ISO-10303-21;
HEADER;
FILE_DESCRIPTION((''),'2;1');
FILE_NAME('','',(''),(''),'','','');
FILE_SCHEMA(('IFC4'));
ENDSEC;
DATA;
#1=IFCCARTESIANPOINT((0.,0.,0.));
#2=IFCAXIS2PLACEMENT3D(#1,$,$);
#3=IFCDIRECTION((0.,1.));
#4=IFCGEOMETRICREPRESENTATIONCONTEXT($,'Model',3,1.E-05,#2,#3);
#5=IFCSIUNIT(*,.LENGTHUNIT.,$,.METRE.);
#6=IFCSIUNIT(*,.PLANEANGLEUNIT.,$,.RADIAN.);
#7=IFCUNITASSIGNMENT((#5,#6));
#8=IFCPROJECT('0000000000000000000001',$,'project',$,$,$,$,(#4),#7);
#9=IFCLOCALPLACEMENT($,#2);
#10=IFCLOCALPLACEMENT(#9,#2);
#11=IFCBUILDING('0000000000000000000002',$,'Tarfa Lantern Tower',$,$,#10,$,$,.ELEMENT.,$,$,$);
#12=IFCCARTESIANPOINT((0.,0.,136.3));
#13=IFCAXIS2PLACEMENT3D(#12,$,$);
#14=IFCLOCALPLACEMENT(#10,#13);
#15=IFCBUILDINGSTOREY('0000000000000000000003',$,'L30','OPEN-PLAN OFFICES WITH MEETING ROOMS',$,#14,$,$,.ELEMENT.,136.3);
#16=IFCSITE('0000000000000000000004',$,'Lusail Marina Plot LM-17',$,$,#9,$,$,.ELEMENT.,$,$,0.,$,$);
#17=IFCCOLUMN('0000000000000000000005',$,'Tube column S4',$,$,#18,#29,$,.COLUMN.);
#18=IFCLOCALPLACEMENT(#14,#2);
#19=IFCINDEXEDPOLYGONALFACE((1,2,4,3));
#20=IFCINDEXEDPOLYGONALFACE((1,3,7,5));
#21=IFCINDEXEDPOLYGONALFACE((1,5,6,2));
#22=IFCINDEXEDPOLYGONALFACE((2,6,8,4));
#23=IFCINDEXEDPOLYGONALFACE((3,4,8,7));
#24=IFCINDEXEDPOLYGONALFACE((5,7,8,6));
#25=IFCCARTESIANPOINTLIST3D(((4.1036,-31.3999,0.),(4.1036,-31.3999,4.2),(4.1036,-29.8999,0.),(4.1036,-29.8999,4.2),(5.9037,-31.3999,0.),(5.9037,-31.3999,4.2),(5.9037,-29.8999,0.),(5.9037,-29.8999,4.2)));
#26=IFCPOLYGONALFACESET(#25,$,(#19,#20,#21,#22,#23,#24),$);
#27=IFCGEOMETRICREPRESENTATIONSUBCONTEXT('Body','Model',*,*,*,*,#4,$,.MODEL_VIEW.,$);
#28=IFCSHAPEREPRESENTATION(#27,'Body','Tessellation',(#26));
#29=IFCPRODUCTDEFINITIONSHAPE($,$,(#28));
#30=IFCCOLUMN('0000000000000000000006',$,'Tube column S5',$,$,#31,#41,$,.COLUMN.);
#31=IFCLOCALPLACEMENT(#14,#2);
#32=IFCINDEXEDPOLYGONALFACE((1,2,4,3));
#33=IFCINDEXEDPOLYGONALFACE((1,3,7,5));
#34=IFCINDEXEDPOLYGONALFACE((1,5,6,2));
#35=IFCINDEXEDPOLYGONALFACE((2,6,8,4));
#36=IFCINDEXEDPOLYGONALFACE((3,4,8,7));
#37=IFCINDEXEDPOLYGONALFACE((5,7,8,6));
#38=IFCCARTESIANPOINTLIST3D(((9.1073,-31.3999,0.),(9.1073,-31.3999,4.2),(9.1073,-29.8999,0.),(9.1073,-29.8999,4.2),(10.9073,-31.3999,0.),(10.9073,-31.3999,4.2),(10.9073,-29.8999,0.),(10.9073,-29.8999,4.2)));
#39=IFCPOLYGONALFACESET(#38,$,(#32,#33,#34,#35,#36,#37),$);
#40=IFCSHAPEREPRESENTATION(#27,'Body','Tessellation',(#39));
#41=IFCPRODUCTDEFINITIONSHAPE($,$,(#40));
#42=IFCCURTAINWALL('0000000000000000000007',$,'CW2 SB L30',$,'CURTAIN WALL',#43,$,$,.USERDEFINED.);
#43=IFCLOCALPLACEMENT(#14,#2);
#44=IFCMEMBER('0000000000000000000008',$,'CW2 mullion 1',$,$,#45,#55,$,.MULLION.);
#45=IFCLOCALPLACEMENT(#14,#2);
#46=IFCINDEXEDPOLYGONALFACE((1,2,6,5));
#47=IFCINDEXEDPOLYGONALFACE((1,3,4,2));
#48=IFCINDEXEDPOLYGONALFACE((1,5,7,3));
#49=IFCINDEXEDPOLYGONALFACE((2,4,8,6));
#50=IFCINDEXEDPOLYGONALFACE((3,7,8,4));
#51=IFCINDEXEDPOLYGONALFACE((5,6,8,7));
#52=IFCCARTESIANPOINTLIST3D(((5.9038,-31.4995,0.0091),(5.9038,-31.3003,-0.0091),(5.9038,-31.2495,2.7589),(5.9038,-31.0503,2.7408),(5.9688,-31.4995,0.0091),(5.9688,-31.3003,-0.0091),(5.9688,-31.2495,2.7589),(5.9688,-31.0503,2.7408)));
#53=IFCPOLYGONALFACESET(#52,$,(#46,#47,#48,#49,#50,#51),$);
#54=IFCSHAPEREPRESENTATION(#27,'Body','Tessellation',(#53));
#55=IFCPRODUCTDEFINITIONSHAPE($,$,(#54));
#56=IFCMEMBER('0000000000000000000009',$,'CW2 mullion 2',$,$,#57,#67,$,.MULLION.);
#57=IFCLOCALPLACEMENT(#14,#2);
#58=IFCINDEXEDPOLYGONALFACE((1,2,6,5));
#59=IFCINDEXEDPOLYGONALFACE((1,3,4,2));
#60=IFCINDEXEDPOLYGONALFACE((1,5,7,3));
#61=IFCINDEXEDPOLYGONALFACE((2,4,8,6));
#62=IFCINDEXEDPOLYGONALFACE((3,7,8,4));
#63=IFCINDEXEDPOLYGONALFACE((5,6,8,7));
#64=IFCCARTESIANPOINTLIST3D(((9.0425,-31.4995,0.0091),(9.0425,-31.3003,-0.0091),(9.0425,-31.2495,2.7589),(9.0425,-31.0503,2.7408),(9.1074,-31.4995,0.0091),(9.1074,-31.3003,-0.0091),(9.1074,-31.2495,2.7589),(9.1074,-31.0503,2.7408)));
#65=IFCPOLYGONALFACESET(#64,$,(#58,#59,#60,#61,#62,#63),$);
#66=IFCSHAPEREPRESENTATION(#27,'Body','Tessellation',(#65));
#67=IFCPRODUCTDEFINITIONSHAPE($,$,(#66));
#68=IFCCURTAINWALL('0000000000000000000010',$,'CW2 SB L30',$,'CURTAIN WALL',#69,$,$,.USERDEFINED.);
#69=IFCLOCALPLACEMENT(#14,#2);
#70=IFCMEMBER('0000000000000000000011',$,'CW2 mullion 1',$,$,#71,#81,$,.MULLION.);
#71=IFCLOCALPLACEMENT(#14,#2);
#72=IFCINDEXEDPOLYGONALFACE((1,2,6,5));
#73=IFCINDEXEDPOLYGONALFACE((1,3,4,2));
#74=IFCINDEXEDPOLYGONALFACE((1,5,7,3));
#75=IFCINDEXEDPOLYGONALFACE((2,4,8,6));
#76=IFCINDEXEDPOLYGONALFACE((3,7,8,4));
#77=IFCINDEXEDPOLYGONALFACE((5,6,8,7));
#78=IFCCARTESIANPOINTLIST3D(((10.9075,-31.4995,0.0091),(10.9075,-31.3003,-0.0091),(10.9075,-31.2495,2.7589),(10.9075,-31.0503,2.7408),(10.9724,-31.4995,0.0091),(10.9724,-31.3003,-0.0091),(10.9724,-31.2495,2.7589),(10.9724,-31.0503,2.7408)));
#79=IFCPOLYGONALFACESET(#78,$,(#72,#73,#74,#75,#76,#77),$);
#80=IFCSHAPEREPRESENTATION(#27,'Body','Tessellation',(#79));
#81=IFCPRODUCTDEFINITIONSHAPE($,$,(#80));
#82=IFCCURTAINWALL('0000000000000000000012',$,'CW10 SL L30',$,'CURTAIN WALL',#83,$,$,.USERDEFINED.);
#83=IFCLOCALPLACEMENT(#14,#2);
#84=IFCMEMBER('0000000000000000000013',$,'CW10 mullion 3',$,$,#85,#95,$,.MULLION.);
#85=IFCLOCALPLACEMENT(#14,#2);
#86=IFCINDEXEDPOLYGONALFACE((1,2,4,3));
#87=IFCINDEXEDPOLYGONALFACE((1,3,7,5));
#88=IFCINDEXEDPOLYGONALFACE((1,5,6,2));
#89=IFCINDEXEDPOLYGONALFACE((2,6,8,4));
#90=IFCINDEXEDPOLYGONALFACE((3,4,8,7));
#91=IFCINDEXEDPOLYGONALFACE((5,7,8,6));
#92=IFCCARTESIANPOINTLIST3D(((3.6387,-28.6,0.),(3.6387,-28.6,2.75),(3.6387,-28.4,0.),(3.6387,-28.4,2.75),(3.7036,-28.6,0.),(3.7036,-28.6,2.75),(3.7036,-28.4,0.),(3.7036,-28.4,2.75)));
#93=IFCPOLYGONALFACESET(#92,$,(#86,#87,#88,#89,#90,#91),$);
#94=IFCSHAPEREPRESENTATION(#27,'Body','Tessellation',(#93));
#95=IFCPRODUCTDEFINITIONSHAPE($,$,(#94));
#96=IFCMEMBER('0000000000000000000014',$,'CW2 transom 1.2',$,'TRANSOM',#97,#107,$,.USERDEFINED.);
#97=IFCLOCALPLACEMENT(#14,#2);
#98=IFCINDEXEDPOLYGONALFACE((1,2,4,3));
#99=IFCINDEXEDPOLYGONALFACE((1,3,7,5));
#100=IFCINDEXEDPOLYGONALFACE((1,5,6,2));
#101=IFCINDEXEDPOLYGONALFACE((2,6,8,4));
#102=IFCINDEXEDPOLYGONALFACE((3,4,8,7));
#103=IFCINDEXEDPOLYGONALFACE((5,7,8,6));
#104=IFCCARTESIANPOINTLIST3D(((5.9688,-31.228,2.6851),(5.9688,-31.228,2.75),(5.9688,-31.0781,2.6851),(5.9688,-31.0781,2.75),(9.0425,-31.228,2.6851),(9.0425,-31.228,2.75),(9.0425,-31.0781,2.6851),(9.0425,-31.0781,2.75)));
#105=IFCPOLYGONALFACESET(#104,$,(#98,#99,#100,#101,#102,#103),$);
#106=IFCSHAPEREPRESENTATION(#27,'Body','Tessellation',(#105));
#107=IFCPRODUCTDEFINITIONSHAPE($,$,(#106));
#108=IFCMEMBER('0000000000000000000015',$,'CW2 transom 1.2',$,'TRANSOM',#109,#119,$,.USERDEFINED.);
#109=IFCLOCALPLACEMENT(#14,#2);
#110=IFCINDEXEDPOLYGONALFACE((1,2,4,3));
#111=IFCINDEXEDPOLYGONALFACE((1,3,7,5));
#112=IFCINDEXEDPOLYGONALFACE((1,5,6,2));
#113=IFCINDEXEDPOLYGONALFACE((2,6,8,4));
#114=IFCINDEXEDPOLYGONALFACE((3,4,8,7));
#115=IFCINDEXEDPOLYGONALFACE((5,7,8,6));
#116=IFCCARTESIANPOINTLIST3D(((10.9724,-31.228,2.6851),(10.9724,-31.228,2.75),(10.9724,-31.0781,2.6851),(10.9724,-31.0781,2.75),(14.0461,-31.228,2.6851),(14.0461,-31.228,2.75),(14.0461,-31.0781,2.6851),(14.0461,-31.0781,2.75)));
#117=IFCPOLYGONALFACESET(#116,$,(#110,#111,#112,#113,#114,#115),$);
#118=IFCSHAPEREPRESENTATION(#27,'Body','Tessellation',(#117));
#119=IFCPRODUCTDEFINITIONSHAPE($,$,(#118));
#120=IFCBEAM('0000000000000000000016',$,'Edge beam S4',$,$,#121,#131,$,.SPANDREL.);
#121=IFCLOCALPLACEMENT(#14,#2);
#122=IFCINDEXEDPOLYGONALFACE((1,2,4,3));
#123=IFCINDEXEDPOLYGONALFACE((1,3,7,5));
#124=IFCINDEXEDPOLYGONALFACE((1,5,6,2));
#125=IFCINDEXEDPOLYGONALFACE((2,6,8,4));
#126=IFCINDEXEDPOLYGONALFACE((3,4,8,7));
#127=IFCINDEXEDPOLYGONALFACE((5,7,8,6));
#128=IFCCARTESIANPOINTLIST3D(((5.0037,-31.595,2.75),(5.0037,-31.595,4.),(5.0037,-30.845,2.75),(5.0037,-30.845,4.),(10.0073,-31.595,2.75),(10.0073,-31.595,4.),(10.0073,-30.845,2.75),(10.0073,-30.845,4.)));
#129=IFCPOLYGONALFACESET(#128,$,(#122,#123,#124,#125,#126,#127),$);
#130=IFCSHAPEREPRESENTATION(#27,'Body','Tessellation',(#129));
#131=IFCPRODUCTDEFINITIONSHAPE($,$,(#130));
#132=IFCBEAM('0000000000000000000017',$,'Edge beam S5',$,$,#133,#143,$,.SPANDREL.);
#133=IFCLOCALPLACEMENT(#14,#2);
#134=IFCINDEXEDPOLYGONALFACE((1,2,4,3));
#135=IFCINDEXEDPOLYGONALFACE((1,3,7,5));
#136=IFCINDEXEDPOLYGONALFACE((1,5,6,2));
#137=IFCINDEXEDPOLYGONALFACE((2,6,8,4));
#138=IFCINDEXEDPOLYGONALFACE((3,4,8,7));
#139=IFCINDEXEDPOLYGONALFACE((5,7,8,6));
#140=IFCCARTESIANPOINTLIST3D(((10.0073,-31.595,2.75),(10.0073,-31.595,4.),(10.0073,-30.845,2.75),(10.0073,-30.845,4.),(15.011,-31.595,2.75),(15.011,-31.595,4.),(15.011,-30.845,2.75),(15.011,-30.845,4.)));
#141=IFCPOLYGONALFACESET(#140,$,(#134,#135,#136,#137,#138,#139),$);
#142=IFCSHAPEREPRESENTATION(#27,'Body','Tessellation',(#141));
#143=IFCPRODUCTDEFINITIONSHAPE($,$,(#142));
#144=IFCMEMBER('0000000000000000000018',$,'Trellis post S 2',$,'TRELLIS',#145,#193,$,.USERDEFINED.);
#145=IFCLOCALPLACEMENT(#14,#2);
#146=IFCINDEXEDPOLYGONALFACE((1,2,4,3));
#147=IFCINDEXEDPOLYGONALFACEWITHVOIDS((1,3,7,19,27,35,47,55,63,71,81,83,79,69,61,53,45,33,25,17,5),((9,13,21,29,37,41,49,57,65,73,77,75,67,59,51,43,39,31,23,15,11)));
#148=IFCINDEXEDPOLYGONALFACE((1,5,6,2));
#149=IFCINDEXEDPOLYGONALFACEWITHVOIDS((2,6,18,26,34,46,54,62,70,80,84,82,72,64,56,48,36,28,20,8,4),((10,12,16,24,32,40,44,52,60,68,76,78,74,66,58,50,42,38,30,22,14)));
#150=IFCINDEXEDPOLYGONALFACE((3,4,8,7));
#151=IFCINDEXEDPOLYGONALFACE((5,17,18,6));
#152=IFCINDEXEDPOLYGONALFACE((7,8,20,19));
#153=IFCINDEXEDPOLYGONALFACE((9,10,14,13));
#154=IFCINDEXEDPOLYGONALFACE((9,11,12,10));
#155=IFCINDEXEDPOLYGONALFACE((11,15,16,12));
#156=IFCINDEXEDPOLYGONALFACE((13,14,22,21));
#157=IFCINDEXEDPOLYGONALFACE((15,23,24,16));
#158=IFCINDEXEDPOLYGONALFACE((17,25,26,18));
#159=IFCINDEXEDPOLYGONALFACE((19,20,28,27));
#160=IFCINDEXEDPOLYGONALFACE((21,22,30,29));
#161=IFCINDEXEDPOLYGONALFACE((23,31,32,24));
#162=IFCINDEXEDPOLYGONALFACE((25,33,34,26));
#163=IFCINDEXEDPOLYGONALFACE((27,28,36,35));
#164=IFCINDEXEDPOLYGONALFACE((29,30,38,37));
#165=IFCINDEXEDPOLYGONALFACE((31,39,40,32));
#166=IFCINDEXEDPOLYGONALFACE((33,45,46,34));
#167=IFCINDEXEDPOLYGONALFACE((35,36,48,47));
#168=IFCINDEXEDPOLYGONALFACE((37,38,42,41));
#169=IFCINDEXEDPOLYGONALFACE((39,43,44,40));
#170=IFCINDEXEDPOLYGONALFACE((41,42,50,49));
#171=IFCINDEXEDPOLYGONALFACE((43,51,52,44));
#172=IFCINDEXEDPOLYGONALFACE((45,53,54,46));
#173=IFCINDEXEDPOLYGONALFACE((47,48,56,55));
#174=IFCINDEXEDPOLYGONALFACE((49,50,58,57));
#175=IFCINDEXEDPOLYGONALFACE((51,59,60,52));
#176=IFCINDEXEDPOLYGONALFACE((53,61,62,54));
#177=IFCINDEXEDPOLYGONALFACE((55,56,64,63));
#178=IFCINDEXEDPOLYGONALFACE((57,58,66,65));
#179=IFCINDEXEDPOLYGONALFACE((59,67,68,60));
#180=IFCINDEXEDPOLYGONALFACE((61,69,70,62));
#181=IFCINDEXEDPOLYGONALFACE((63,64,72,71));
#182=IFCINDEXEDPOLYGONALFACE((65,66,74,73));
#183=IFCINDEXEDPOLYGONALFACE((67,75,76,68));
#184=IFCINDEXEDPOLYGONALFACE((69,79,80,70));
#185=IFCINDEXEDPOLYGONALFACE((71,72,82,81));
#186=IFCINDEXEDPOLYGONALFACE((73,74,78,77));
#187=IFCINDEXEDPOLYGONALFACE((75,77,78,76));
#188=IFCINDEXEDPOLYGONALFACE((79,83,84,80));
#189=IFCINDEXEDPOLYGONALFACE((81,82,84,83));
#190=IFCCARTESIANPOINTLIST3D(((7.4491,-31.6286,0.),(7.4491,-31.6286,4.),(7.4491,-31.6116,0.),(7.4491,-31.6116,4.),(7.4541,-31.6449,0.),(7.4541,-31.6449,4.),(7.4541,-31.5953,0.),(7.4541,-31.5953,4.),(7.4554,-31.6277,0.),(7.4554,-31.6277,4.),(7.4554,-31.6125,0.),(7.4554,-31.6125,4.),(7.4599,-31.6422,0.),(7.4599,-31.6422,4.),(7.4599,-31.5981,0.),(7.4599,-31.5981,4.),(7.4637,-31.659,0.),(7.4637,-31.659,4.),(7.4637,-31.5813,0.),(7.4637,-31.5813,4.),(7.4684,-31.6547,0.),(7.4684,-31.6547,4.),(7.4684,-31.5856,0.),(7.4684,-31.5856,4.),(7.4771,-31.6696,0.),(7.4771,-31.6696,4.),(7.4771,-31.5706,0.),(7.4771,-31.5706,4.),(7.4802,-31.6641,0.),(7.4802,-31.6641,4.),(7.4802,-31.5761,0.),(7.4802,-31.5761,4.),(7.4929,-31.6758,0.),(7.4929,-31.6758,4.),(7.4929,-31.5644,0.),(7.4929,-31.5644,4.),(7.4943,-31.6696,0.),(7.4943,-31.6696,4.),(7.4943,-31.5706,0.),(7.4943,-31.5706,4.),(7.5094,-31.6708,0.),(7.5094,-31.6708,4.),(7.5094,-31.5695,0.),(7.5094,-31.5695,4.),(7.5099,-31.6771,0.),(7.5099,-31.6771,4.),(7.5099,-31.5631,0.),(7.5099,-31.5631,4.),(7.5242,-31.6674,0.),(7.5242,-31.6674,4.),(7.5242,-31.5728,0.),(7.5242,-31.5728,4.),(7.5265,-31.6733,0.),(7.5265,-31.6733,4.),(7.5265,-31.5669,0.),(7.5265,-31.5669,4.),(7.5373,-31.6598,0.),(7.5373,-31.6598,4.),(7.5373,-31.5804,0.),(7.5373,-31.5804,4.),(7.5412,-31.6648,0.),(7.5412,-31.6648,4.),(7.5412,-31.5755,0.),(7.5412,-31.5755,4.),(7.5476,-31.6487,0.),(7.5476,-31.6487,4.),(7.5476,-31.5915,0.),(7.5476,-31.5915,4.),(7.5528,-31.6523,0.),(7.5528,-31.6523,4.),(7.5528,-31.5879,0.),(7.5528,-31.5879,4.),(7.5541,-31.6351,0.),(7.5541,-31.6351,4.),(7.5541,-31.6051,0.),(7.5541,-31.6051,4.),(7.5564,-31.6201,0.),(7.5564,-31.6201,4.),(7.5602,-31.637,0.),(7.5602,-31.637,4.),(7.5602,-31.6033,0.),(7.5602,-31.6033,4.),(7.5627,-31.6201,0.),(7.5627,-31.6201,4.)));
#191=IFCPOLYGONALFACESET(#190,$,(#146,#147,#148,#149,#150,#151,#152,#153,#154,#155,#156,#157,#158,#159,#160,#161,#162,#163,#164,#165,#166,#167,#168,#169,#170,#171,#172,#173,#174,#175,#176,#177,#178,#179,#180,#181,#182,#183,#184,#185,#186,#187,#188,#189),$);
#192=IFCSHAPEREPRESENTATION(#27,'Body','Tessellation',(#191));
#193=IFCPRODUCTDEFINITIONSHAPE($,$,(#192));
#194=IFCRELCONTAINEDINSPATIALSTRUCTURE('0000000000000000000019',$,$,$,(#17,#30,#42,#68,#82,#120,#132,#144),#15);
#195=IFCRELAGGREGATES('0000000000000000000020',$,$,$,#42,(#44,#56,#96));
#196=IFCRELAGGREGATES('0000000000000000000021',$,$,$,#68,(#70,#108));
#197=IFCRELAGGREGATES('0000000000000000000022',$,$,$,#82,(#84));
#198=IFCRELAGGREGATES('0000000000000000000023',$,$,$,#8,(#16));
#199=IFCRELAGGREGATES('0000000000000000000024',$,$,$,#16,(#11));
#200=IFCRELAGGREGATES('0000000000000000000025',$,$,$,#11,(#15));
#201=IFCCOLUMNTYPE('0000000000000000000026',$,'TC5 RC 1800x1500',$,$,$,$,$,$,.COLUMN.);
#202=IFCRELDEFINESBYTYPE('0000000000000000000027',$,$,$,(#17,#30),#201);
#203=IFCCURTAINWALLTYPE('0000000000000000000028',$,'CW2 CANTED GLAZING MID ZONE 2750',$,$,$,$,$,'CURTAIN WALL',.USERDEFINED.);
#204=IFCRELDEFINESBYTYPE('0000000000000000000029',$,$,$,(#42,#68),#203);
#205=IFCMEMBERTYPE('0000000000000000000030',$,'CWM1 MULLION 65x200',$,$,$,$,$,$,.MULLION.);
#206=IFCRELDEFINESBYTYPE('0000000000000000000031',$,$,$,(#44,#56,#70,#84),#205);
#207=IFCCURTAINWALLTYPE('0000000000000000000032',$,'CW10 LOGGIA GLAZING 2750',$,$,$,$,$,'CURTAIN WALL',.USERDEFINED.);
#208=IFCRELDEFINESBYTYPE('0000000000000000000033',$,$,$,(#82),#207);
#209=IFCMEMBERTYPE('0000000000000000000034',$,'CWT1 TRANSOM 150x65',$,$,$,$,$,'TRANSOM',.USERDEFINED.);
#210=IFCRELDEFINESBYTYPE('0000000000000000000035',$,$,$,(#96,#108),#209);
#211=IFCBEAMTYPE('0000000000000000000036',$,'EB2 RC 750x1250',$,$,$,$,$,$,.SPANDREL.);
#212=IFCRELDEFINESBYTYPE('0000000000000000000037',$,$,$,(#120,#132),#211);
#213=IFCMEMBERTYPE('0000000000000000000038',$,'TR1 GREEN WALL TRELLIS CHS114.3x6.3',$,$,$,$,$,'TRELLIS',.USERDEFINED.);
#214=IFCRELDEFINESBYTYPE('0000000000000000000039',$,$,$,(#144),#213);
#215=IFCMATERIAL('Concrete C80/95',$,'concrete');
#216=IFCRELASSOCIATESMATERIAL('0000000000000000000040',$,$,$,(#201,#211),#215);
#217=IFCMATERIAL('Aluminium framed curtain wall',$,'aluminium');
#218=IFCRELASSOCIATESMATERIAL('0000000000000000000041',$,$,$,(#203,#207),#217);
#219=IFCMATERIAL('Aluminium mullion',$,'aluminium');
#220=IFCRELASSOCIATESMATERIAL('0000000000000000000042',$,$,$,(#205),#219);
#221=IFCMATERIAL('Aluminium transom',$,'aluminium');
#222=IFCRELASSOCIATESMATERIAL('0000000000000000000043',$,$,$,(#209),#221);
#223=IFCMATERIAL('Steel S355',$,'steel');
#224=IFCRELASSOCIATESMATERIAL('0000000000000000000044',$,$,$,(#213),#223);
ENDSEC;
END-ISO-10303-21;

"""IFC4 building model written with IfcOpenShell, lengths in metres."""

from ifc_helpers import new_model, si_unit, direction, frame, origin, origin_2d, place, context, subcontext, project, spatial, rectangle, hollow_circle, extrude, material, material_profile, profile_set, type_object, element, aggregate, save


model = new_model("IFC4")

# Units and contexts
model_context = context("Model", 3, precision=1e-05, world=origin(), true_north=direction((0.0, 1.0)))
body_context = subcontext(model_context, "Body", "Model", "MODEL_VIEW")
ifc_project = project(units=[si_unit("LENGTHUNIT", "METRE"), si_unit("PLANEANGLEUNIT", "RADIAN")], contexts=[model_context])

# Site, building, storey
site_placement = place(None, origin())
site = spatial("IfcSite", under=ifc_project, at=site_placement, Name="Lusail Marina Plot LM-17", CompositionType="ELEMENT", RefElevation=0.0)
building_placement = place(site_placement, origin())
building = spatial("IfcBuilding", under=site, at=building_placement, Name="Tarfa Lantern Tower", CompositionType="ELEMENT")
storey_placement = place(building_placement, frame((0.0, 0.0, 136.3)))
storey = spatial("IfcBuildingStorey", under=building, at=storey_placement, Name="L30", Description="OPEN-PLAN OFFICES WITH MEETING ROOMS", CompositionType="ELEMENT", Elevation=136.3)

# Columns
ifc_material_1 = material(Name="Concrete C80/95", Category="concrete")
ifc_material_profile_1 = material_profile(ifc_material_1, rectangle(XDim=1.8, YDim=1.5, at=origin_2d()), Name="RC 1800x1500")
ifc_profile_set_1 = profile_set([ifc_material_profile_1], Name="Concrete C80/95")
column_type = type_object("IfcColumnType", Name="TC5 RC 1800x1500", PredefinedType="COLUMN", material=ifc_profile_set_1)
for number, where, z_axis, x_axis, name in (
    (1, (5.0037, -30.6499, 0.0), (0.0, 0.0, 1.0), (1.0, 0.0, 0.0), "Tube column S4"),
    (2, (10.0073, -30.6499, 0.0), (0.0, 0.0, 1.0), (1.0, 0.0, 0.0), "Tube column S5"),
):
    element("IfcColumn", number, at=place(storey_placement, frame(where, z_axis=z_axis, x_axis=x_axis)), inside=storey, type_object=column_type, Name=name, PredefinedType="COLUMN", context=body_context, shape_type="SweptSolid", body=[
        extrude(rectangle(XDim=1.8, YDim=1.5, at=origin_2d()), origin(), (0.0, 0.0, 1.0), 4.2),
    ])

# Curtain wall, members
ifc_material_2 = material(Name="Aluminium framed curtain wall", Category="aluminium")
curtain_wall_type_1 = type_object("IfcCurtainWallType", Name="CW2 CANTED GLAZING MID ZONE 2750", ElementType="CURTAIN WALL", PredefinedType="USERDEFINED", material=ifc_material_2)
curtain_wall_1_placement = place(storey_placement, origin())
curtain_wall_1 = element("IfcCurtainWall", 3, at=curtain_wall_1_placement, inside=storey, type_object=curtain_wall_type_1, Name="CW2 SB L30", ObjectType="CURTAIN WALL", PredefinedType="USERDEFINED")
ifc_material_3 = material(Name="Aluminium mullion", Category="aluminium")
ifc_material_profile_2 = material_profile(ifc_material_3, rectangle(XDim=0.0649, YDim=0.2, at=origin_2d()), Name="AL MULLION 65x200")
ifc_profile_set_2 = profile_set([ifc_material_profile_2], Name="Aluminium mullion")
member_type_1 = type_object("IfcMemberType", Name="CWM1 MULLION 65x200", PredefinedType="MULLION", material=ifc_profile_set_2)
member_1_placement = place(storey_placement, frame((5.9363, -31.3999, 0.0), z_axis=(0.0, 0.090536, 0.995893), x_axis=(-1.0, 0.0, 0.0)))
member_1 = element("IfcMember", 4, at=member_1_placement, type_object=member_type_1, Name="CW2 mullion 1", PredefinedType="MULLION", context=body_context, shape_type="SweptSolid", body=[
    extrude(rectangle(XDim=0.0649, YDim=0.2, at=origin_2d()), origin(), (0.0, 0.0, 1.0), 2.7612),
])
member_2_placement = place(storey_placement, frame((9.075, -31.3999, 0.0), z_axis=(0.0, 0.090536, 0.995893), x_axis=(-1.0, 0.0, 0.0)))
member_2 = element("IfcMember", 5, at=member_2_placement, type_object=member_type_1, Name="CW2 mullion 2", PredefinedType="MULLION", context=body_context, shape_type="SweptSolid", body=[
    extrude(rectangle(XDim=0.0649, YDim=0.2, at=origin_2d()), origin(), (0.0, 0.0, 1.0), 2.7612),
])

# Curtain walls, members
curtain_wall_2_placement = place(storey_placement, origin())
curtain_wall_2 = element("IfcCurtainWall", 6, at=curtain_wall_2_placement, inside=storey, type_object=curtain_wall_type_1, Name="CW2 SB L30", ObjectType="CURTAIN WALL", PredefinedType="USERDEFINED")
member_3_placement = place(storey_placement, frame((10.9399, -31.3999, 0.0), z_axis=(0.0, 0.090536, 0.995893), x_axis=(-1.0, 0.0, 0.0)))
member_3 = element("IfcMember", 7, at=member_3_placement, type_object=member_type_1, Name="CW2 mullion 1", PredefinedType="MULLION", context=body_context, shape_type="SweptSolid", body=[
    extrude(rectangle(XDim=0.0649, YDim=0.2, at=origin_2d()), origin(), (0.0, 0.0, 1.0), 2.7612),
])
curtain_wall_type_2 = type_object("IfcCurtainWallType", Name="CW10 LOGGIA GLAZING 2750", ElementType="CURTAIN WALL", PredefinedType="USERDEFINED", material=ifc_material_2)
curtain_wall_3_placement = place(storey_placement, origin())
curtain_wall_3 = element("IfcCurtainWall", 8, at=curtain_wall_3_placement, inside=storey, type_object=curtain_wall_type_2, Name="CW10 SL L30", ObjectType="CURTAIN WALL", PredefinedType="USERDEFINED")
member_4_placement = place(storey_placement, frame((3.6711, -28.5, 0.0), z_axis=(0.0, 0.0, 1.0), x_axis=(1.0, 0.0, 0.0)))
member_4 = element("IfcMember", 9, at=member_4_placement, type_object=member_type_1, Name="CW10 mullion 3", PredefinedType="MULLION", context=body_context, shape_type="SweptSolid", body=[
    extrude(rectangle(XDim=0.0649, YDim=0.2, at=origin_2d()), origin(), (0.0, 0.0, 1.0), 2.75),
])

# Members
ifc_material_4 = material(Name="Aluminium transom", Category="aluminium")
ifc_material_profile_3 = material_profile(ifc_material_4, rectangle(XDim=0.1499, YDim=0.0649, at=origin_2d()), Name="AL TRANSOM 150x65")
ifc_profile_set_3 = profile_set([ifc_material_profile_3], Name="Aluminium transom")
member_type_2 = type_object("IfcMemberType", Name="CWT1 TRANSOM 150x65", ElementType="TRANSOM", PredefinedType="USERDEFINED", material=ifc_profile_set_3)
member_5_placement = place(storey_placement, frame((5.9688, -31.1531, 2.7175), z_axis=(1.0, 0.0, 0.0), x_axis=(0.0, 1.0, 0.0)))
member_5 = element("IfcMember", 10, at=member_5_placement, type_object=member_type_2, Name="CW2 transom 1.2", ObjectType="TRANSOM", PredefinedType="USERDEFINED", context=body_context, shape_type="SweptSolid", body=[
    extrude(rectangle(XDim=0.1499, YDim=0.0649, at=origin_2d()), origin(), (0.0, 0.0, 1.0), 3.0737),
])
member_6_placement = place(storey_placement, frame((10.9724, -31.1531, 2.7175), z_axis=(1.0, 0.0, 0.0), x_axis=(0.0, 1.0, 0.0)))
member_6 = element("IfcMember", 11, at=member_6_placement, type_object=member_type_2, Name="CW2 transom 1.2", ObjectType="TRANSOM", PredefinedType="USERDEFINED", context=body_context, shape_type="SweptSolid", body=[
    extrude(rectangle(XDim=0.1499, YDim=0.0649, at=origin_2d()), origin(), (0.0, 0.0, 1.0), 3.0737),
])

# Beams
ifc_material_profile_4 = material_profile(ifc_material_1, rectangle(XDim=0.75, YDim=1.25, at=origin_2d()), Name="RC 750x1250")
ifc_profile_set_4 = profile_set([ifc_material_profile_4], Name="Concrete C80/95")
beam_type_1 = type_object("IfcBeamType", Name="EB2 RC 750x1250", PredefinedType="SPANDREL", material=ifc_profile_set_4)
for number, where, z_axis, x_axis, name in (
    (12, (5.0037, -31.22, 3.375), (1.0, 0.0, 0.0), (0.0, 1.0, 0.0), "Edge beam S4"),
    (13, (10.0073, -31.22, 3.375), (1.0, 0.0, 0.0), (0.0, 1.0, 0.0), "Edge beam S5"),
):
    element("IfcBeam", number, at=place(storey_placement, frame(where, z_axis=z_axis, x_axis=x_axis)), inside=storey, type_object=beam_type_1, Name=name, PredefinedType="SPANDREL", context=body_context, shape_type="SweptSolid", body=[
        extrude(rectangle(XDim=0.75, YDim=1.25, at=origin_2d()), origin(), (0.0, 0.0, 1.0), 5.0037),
    ])

# Member
ifc_material_5 = material(Name="Steel S355", Category="steel")
ifc_material_profile_5 = material_profile(ifc_material_5, hollow_circle(Radius=0.0571, WallThickness=0.0063, at=origin_2d()), Name="CHS114.3x6.3")
ifc_profile_set_5 = profile_set([ifc_material_profile_5], Name="Steel S355")
member_type_3 = type_object("IfcMemberType", Name="TR1 GREEN WALL TRELLIS CHS114.3x6.3", ElementType="TRELLIS", PredefinedType="USERDEFINED", material=ifc_profile_set_5)
member_7_placement = place(storey_placement, frame((7.5056, -31.6201, 0.0), z_axis=(0.0, 0.0, 1.0), x_axis=(1.0, 0.0, 0.0)))
element("IfcMember", 14, at=member_7_placement, inside=storey, type_object=member_type_3, Name="Trellis post S 2", ObjectType="TRELLIS", PredefinedType="USERDEFINED", context=body_context, shape_type="SweptSolid", body=[
    extrude(hollow_circle(Radius=0.0571, WallThickness=0.0063, at=origin_2d()), origin(), (0.0, 0.0, 1.0), 4.0),
])

aggregate(curtain_wall_1, [member_1, member_2, member_5])
aggregate(curtain_wall_2, [member_3, member_6])
aggregate(curtain_wall_3, [member_4])

save(model, "model.ifc")
